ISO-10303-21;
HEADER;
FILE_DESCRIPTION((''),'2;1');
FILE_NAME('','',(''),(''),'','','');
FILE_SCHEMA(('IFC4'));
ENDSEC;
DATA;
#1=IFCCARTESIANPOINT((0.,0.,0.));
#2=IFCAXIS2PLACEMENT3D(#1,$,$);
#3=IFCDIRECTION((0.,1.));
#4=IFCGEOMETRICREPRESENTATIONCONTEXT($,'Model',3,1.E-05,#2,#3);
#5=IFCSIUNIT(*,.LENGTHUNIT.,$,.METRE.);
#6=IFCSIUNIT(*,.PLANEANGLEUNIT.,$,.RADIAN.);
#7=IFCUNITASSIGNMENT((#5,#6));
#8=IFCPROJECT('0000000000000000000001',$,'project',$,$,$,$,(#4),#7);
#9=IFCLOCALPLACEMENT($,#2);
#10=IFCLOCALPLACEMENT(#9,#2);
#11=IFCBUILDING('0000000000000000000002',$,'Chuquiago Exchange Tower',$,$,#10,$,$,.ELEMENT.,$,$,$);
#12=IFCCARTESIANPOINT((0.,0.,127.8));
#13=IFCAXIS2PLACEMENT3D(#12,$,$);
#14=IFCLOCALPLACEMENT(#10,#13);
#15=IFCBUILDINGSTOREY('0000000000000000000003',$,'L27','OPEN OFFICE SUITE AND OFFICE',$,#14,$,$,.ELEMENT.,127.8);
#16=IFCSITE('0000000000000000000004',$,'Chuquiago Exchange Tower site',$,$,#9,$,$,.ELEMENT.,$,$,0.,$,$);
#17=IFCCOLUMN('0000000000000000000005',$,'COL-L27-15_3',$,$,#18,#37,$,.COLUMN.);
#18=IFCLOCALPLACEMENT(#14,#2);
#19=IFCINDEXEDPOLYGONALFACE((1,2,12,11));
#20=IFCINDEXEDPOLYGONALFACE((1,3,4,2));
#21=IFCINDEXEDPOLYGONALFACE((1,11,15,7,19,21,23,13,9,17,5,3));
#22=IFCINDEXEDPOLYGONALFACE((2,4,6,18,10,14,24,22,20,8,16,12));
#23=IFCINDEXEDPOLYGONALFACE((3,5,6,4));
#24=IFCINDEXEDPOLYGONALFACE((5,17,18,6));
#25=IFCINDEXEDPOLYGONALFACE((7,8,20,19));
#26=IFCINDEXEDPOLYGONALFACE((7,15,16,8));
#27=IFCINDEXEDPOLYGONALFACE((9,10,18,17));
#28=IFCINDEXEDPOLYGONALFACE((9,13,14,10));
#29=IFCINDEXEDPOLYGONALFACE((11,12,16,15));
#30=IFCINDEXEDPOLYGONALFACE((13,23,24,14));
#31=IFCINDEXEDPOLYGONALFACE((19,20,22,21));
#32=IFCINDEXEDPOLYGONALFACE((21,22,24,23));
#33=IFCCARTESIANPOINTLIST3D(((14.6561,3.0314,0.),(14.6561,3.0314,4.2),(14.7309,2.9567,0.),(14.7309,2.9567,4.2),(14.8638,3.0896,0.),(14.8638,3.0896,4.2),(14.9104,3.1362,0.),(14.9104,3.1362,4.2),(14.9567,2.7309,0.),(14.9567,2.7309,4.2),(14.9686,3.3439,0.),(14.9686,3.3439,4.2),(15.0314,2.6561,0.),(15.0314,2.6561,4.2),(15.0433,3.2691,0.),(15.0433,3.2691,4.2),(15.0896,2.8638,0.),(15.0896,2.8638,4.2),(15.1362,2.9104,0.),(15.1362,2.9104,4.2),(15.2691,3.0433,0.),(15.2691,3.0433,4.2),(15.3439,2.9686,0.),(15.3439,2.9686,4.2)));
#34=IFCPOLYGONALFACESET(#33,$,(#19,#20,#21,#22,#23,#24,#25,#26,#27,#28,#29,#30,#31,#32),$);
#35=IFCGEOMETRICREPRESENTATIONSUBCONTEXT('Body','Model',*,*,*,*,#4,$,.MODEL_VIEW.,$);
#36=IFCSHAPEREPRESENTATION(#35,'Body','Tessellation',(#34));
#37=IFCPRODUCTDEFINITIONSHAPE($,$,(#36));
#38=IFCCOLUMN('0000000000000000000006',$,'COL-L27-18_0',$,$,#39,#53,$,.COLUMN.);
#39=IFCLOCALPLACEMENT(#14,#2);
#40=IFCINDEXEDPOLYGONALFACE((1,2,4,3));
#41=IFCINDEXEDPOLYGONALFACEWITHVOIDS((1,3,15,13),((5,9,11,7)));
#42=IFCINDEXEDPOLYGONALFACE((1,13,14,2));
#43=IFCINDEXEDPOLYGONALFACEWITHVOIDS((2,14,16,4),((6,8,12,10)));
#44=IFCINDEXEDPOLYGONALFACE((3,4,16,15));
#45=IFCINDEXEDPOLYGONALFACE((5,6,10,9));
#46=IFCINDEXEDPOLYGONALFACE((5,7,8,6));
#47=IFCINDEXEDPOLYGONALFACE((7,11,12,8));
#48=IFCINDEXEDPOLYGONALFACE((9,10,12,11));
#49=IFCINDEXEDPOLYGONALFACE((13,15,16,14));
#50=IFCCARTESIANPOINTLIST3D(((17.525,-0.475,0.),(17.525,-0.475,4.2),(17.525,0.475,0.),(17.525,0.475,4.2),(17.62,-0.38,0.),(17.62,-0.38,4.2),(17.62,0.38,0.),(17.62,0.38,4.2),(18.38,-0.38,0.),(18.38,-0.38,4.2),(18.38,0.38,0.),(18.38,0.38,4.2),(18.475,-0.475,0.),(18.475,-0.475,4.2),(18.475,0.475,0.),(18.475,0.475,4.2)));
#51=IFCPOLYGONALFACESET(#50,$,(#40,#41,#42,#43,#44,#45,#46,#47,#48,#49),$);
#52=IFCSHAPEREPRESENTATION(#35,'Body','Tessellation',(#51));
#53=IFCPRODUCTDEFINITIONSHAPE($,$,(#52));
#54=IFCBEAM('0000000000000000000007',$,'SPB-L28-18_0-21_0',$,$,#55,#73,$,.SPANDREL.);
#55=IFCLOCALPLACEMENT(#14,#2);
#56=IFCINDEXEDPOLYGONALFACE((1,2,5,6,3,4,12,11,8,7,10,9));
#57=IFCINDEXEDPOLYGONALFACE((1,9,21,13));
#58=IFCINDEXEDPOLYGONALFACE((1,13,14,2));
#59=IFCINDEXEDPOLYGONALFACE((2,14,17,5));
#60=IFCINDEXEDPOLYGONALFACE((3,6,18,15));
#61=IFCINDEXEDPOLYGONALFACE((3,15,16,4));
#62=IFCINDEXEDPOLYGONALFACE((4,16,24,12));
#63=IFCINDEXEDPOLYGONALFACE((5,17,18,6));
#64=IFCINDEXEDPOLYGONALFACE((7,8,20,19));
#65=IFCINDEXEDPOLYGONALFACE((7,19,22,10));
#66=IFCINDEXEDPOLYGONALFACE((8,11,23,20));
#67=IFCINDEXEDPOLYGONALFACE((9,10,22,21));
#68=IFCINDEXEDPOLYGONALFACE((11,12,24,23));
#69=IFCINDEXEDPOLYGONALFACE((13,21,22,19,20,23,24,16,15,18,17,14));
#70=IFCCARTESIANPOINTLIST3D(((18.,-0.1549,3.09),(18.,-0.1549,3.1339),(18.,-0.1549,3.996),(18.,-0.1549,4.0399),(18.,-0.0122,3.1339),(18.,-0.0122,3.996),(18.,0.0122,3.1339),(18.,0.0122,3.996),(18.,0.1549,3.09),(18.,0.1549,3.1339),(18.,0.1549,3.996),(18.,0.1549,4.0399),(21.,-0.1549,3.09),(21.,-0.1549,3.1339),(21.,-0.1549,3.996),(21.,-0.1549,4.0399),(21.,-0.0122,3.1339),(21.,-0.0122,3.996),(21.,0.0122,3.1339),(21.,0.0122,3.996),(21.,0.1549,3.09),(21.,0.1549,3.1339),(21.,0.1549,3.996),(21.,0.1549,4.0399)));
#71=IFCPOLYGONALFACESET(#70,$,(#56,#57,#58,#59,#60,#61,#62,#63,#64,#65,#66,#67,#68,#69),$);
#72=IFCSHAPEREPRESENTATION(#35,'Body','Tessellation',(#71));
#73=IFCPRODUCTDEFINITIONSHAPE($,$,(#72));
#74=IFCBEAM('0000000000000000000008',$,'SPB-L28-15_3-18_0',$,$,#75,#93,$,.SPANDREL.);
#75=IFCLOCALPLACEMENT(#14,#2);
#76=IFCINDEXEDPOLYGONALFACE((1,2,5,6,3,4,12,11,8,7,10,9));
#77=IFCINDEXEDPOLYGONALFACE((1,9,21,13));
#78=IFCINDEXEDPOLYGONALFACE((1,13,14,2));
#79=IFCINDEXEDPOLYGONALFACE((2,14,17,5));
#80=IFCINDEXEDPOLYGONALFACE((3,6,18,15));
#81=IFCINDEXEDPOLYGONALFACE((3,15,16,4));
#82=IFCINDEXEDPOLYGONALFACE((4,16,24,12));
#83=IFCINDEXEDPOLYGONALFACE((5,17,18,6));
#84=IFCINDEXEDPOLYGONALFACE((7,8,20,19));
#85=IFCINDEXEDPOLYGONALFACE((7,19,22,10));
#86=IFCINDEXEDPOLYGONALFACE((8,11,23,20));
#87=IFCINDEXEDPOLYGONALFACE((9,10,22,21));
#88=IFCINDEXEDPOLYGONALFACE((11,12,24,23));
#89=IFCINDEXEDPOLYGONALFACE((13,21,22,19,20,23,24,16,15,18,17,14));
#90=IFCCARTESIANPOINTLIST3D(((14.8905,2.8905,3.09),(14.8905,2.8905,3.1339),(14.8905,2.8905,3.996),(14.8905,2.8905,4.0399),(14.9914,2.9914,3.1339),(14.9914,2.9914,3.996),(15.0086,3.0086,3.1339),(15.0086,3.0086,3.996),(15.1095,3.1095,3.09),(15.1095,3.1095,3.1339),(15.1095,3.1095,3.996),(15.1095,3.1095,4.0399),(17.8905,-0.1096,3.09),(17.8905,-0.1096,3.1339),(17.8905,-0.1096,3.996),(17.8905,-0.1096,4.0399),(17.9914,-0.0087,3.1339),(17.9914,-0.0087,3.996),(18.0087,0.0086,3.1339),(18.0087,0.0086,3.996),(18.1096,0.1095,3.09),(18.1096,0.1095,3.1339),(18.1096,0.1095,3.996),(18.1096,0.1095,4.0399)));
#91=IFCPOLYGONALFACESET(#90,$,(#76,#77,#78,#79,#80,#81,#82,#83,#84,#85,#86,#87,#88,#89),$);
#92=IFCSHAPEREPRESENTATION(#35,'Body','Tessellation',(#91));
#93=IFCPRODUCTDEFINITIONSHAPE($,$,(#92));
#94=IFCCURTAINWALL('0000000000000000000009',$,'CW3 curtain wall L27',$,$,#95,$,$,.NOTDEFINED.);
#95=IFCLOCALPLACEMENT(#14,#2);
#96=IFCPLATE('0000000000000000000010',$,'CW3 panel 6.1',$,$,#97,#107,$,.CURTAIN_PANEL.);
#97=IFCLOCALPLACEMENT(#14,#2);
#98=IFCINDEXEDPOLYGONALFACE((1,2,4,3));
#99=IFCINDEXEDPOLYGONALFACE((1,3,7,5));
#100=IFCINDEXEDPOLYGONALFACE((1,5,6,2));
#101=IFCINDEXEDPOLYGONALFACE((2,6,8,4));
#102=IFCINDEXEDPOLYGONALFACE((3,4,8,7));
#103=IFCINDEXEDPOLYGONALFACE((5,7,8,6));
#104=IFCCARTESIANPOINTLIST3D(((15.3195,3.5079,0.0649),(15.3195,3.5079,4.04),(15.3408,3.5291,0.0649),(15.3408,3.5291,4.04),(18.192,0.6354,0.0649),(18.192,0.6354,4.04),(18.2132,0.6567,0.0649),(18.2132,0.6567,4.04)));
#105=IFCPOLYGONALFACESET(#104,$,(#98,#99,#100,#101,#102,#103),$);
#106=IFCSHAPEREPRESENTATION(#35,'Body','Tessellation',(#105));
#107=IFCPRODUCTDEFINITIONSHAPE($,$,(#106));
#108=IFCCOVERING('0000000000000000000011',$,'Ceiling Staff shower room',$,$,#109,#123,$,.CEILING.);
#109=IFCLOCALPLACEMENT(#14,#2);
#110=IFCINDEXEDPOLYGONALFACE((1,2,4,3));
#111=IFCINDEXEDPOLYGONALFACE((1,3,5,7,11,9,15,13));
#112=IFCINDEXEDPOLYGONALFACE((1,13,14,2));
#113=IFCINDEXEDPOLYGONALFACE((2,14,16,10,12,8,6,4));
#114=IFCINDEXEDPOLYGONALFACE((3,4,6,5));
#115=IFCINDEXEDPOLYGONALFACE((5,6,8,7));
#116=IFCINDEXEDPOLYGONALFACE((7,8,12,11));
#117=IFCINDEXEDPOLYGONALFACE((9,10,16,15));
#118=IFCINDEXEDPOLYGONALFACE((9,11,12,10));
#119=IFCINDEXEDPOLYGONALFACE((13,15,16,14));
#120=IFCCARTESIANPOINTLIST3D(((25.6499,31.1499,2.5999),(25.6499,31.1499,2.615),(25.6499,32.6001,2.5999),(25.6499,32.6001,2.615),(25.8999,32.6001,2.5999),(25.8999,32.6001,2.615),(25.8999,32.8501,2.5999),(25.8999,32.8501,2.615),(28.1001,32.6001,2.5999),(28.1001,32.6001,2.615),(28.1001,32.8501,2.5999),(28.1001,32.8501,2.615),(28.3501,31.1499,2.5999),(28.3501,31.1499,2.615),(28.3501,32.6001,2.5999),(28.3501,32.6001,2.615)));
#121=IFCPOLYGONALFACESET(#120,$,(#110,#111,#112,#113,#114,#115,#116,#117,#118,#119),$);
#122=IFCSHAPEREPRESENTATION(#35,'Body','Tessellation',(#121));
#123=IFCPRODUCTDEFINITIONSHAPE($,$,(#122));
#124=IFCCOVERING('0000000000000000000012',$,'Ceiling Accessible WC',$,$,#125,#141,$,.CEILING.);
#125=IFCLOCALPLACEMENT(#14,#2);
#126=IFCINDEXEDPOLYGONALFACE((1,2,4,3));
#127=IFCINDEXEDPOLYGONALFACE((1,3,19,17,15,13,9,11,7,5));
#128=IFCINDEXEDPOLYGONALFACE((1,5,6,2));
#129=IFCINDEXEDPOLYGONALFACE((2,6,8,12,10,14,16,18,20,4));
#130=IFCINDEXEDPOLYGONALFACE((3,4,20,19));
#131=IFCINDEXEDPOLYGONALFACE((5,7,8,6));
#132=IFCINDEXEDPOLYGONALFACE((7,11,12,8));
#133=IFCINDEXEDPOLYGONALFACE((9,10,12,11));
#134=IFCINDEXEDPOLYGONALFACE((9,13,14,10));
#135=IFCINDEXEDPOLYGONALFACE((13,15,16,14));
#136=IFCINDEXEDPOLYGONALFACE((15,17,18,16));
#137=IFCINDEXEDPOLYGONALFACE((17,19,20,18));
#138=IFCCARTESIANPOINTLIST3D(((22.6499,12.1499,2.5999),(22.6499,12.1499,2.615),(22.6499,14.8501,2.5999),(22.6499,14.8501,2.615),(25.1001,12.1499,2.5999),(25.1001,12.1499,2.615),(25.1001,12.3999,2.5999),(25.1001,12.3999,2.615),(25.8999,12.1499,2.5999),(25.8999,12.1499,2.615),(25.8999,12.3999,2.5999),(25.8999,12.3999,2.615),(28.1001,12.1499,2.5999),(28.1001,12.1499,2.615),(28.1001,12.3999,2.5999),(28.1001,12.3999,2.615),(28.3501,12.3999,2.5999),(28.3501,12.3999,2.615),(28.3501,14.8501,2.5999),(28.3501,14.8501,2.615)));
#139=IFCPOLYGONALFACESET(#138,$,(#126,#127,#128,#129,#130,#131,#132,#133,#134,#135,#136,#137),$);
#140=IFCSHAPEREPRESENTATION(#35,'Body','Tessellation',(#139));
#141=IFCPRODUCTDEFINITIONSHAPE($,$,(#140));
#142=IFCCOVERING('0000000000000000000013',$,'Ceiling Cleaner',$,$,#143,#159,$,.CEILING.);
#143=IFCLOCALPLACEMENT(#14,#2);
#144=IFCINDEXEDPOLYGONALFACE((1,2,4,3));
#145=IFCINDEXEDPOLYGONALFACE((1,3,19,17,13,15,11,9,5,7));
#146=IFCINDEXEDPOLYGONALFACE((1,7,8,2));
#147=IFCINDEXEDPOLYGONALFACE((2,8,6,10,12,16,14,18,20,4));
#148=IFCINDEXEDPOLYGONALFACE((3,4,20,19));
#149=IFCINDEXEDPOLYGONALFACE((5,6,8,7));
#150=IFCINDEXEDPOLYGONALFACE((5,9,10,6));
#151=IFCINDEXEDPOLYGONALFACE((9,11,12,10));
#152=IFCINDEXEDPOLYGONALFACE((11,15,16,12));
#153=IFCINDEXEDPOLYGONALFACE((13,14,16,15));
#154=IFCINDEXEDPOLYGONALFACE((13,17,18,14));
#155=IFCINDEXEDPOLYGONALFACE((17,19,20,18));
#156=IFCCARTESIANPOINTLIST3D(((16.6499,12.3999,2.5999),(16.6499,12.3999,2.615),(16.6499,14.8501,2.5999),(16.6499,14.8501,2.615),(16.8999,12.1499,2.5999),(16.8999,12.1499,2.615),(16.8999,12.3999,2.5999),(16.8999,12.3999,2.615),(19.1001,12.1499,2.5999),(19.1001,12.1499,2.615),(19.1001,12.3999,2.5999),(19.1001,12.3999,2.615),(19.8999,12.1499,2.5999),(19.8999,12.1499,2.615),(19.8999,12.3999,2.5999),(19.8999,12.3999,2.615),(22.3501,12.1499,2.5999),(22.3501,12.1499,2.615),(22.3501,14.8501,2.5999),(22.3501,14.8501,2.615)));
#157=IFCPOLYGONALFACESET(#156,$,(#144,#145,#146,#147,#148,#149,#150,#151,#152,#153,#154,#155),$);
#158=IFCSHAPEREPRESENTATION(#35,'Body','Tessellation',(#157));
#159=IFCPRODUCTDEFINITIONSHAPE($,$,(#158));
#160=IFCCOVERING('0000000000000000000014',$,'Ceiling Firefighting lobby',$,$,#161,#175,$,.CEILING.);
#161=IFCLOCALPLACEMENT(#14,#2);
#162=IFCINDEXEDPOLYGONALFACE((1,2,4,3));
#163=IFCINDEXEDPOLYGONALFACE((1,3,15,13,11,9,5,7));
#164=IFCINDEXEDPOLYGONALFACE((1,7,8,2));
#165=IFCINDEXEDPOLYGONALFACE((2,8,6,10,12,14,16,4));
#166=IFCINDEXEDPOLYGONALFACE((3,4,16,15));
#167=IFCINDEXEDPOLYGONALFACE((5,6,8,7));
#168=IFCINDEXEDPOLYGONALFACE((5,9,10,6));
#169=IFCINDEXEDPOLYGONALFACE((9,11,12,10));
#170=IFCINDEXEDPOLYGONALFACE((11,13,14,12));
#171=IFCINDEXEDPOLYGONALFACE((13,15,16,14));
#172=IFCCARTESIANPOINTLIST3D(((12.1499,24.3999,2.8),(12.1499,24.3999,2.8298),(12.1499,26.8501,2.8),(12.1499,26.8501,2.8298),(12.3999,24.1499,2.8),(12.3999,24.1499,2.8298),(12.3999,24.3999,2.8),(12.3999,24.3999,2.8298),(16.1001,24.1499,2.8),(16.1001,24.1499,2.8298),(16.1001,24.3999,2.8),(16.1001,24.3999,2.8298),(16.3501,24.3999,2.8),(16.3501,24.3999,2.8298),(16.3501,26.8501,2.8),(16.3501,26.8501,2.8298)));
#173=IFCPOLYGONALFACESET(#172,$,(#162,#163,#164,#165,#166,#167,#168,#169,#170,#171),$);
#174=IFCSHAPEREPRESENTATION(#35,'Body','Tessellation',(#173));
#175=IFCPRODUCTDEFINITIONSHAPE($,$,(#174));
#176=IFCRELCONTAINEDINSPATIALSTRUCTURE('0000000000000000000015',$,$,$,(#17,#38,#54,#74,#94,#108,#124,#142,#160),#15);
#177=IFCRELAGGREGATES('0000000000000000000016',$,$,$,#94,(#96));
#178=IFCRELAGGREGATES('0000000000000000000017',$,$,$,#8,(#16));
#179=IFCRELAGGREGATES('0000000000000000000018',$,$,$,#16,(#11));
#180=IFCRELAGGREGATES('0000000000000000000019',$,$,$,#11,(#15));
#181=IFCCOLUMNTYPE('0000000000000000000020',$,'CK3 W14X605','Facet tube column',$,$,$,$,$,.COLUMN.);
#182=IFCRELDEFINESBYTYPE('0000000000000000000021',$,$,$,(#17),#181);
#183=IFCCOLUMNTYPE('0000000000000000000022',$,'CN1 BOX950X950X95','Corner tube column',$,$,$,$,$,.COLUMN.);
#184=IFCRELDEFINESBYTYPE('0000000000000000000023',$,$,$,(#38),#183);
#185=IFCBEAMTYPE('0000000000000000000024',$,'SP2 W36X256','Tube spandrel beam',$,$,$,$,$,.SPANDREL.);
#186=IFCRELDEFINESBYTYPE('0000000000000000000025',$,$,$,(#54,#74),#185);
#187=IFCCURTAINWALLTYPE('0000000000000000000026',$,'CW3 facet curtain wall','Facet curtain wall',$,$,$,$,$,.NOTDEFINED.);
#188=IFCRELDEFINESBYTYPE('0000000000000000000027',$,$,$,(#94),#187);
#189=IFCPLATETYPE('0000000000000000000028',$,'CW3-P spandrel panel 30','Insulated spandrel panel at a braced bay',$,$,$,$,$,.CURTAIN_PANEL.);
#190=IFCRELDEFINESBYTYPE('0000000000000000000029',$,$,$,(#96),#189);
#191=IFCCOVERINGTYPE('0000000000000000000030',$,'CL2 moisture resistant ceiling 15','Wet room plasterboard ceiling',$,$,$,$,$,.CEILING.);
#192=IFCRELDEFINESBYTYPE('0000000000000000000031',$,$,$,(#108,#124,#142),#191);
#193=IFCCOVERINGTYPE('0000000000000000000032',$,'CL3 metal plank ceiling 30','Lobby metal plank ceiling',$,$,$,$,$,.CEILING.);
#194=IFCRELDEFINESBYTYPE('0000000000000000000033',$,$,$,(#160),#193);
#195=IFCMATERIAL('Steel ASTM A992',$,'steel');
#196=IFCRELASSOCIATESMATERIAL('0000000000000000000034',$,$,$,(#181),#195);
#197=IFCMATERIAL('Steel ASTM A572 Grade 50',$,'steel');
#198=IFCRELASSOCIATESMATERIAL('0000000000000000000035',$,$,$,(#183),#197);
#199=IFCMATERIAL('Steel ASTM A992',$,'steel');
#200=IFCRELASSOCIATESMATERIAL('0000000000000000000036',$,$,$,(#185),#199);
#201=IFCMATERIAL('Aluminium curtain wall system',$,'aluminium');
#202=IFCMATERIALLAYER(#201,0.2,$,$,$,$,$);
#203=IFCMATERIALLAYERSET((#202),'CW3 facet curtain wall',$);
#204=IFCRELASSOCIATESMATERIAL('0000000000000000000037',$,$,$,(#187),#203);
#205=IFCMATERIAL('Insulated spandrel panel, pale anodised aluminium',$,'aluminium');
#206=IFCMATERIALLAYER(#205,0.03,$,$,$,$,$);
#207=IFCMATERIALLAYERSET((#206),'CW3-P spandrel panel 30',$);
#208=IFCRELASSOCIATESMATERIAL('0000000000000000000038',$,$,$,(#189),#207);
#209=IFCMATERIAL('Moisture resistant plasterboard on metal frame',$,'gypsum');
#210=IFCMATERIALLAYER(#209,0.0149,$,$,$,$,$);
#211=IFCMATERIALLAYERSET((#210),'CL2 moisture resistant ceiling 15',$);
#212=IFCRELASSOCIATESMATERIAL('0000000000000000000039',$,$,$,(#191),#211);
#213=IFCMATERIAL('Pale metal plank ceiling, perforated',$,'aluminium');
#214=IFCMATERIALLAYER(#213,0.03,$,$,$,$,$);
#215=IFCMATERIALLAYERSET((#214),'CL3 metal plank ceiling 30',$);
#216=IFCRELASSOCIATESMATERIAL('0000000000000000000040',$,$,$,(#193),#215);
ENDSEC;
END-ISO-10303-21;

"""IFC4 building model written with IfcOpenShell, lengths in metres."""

from ifc_helpers import new_model, si_unit, direction, frame, origin, origin_2d, place, context, subcontext, project, spatial, polyline, rectangle, hollow_rectangle, i_section, outline, extrude, material, layer, layer_set, material_profile, profile_set, type_object, element, aggregate, save


model = new_model("IFC4")

# Units and contexts
model_context = context("Model", 3, precision=1e-05, world=origin(), true_north=direction((0.0, 1.0)))
body_context = subcontext(model_context, "Body", "Model", "MODEL_VIEW")
ifc_project = project(units=[si_unit("LENGTHUNIT", "METRE"), si_unit("PLANEANGLEUNIT", "RADIAN")], contexts=[model_context])

# Site, building, storey
site_placement = place(None, origin())
site = spatial("IfcSite", under=ifc_project, at=site_placement, Name="Chuquiago Exchange Tower site", CompositionType="ELEMENT", RefElevation=0.0)
building_placement = place(site_placement, origin())
building = spatial("IfcBuilding", under=site, at=building_placement, Name="Chuquiago Exchange Tower", CompositionType="ELEMENT")
storey_placement = place(building_placement, frame((0.0, 0.0, 127.8)))
storey = spatial("IfcBuildingStorey", under=building, at=storey_placement, Name="L27", Description="OPEN OFFICE SUITE AND OFFICE", CompositionType="ELEMENT", Elevation=127.8)

# Columns
ifc_material_1 = material(Name="Steel ASTM A992", Category="steel")
ifc_material_profile_1 = material_profile(ifc_material_1, i_section(OverallWidth=0.4419, OverallDepth=0.5308, WebThickness=0.0659, FlangeThickness=0.1057, at=origin_2d()), Name="W14X605")
ifc_profile_set_1 = profile_set([ifc_material_profile_1], Name="Steel ASTM A992")
column_type_1 = type_object("IfcColumnType", Name="CK3 W14X605", Description="Facet tube column", PredefinedType="COLUMN", material=ifc_profile_set_1)
column_1_placement = place(storey_placement, frame((15.0, 3.0, 0.0), z_axis=(0.0, 0.0, 1.0), x_axis=(-0.707107, -0.707107, 0.0)))
element("IfcColumn", 1, at=column_1_placement, inside=storey, type_object=column_type_1, Name="COL-L27-15_3", PredefinedType="COLUMN", context=body_context, shape_type="SweptSolid", body=[
    extrude(i_section(OverallWidth=0.4419, OverallDepth=0.5308, WebThickness=0.0659, FlangeThickness=0.1057, at=origin_2d()), origin(), (0.0, 0.0, 1.0), 4.2),
])
ifc_material_2 = material(Name="Steel ASTM A572 Grade 50", Category="steel")
ifc_material_profile_2 = material_profile(ifc_material_2, hollow_rectangle(XDim=0.95, YDim=0.95, WallThickness=0.095, at=origin_2d()), Name="BOX950X950X95")
ifc_profile_set_2 = profile_set([ifc_material_profile_2], Name="Steel ASTM A572 Grade 50")
column_type_2 = type_object("IfcColumnType", Name="CN1 BOX950X950X95", Description="Corner tube column", PredefinedType="COLUMN", material=ifc_profile_set_2)
column_2_placement = place(storey_placement, frame((18.0, 0.0, 0.0), z_axis=(0.0, 0.0, 1.0), x_axis=(0.0, -1.0, 0.0)))
element("IfcColumn", 2, at=column_2_placement, inside=storey, type_object=column_type_2, Name="COL-L27-18_0", PredefinedType="COLUMN", context=body_context, shape_type="SweptSolid", body=[
    extrude(hollow_rectangle(XDim=0.95, YDim=0.95, WallThickness=0.095, at=origin_2d()), origin(), (0.0, 0.0, 1.0), 4.2),
])

# Beams
ifc_material_3 = material(Name="Steel ASTM A992", Category="steel")
ifc_material_profile_3 = material_profile(ifc_material_3, i_section(OverallWidth=0.3098, OverallDepth=0.95, WebThickness=0.0244, FlangeThickness=0.0439, at=origin_2d()), Name="W36X256")
ifc_profile_set_3 = profile_set([ifc_material_profile_3], Name="Steel ASTM A992")
beam_type = type_object("IfcBeamType", Name="SP2 W36X256", Description="Tube spandrel beam", PredefinedType="SPANDREL", material=ifc_profile_set_3)
beam_1_placement = place(storey_placement, frame((18.0, 0.0, 3.5649), z_axis=(1.0, 0.0, 0.0), x_axis=(0.0, 1.0, 0.0)))
element("IfcBeam", 3, at=beam_1_placement, inside=storey, type_object=beam_type, Name="SPB-L28-18_0-21_0", PredefinedType="SPANDREL", context=body_context, shape_type="SweptSolid", body=[
    extrude(i_section(OverallWidth=0.3098, OverallDepth=0.95, WebThickness=0.0244, FlangeThickness=0.0439, at=origin_2d()), origin(), (0.0, 0.0, 1.0), 3.0),
])
beam_2_placement = place(storey_placement, frame((15.0, 3.0, 3.5649), z_axis=(0.707107, -0.707107, 0.0), x_axis=(0.707107, 0.707107, 0.0)))
element("IfcBeam", 4, at=beam_2_placement, inside=storey, type_object=beam_type, Name="SPB-L28-15_3-18_0", PredefinedType="SPANDREL", context=body_context, shape_type="SweptSolid", body=[
    extrude(i_section(OverallWidth=0.3098, OverallDepth=0.95, WebThickness=0.0244, FlangeThickness=0.0439, at=origin_2d()), origin(), (0.0, 0.0, 1.0), 4.2427),
])

# Curtain wall, plate
ifc_material_4 = material(Name="Aluminium curtain wall system", Category="aluminium")
ifc_layer_1 = layer(ifc_material_4, 0.2)
ifc_layer_set_1 = layer_set([ifc_layer_1], Name="CW3 facet curtain wall")
curtain_wall_type = type_object("IfcCurtainWallType", Name="CW3 facet curtain wall", Description="Facet curtain wall", PredefinedType="NOTDEFINED", material=ifc_layer_set_1)
curtain_wall_placement = place(storey_placement, origin())
curtain_wall = element("IfcCurtainWall", 5, at=curtain_wall_placement, inside=storey, type_object=curtain_wall_type, Name="CW3 curtain wall L27", PredefinedType="NOTDEFINED")
ifc_material_5 = material(Name="Insulated spandrel panel, pale anodised aluminium", Category="aluminium")
ifc_layer_2 = layer(ifc_material_5, 0.03)
ifc_layer_set_2 = layer_set([ifc_layer_2], Name="CW3-P spandrel panel 30")
plate_type = type_object("IfcPlateType", Name="CW3-P spandrel panel 30", Description="Insulated spandrel panel at a braced bay", PredefinedType="CURTAIN_PANEL", material=ifc_layer_set_2)
plate_placement = place(storey_placement, frame((16.7664, 2.0823, 0.0649), z_axis=(0.0, 0.0, 1.0), x_axis=(0.707107, -0.707107, 0.0)))
plate = element("IfcPlate", 6, at=plate_placement, type_object=plate_type, Name="CW3 panel 6.1", PredefinedType="CURTAIN_PANEL", context=body_context, shape_type="SweptSolid", body=[
    extrude(rectangle(XDim=4.0623, YDim=0.03, at=origin_2d()), origin(), (0.0, 0.0, 1.0), 3.9751),
])
aggregate(curtain_wall, [plate])

# Coverings
ifc_material_6 = material(Name="Moisture resistant plasterboard on metal frame", Category="gypsum")
ifc_layer_3 = layer(ifc_material_6, 0.0149)
ifc_layer_set_3 = layer_set([ifc_layer_3], Name="CL2 moisture resistant ceiling 15")
covering_type_1 = type_object("IfcCoveringType", Name="CL2 moisture resistant ceiling 15", Description="Wet room plasterboard ceiling", PredefinedType="CEILING", material=ifc_layer_set_3)
covering_1_placement = place(storey_placement, frame((0.0, 0.0, 2.5999)))
element("IfcCovering", 7, at=covering_1_placement, inside=storey, type_object=covering_type_1, Name="Ceiling Staff shower room", PredefinedType="CEILING", context=body_context, shape_type="SweptSolid", body=[
    extrude(outline(polyline([(25.6499, 31.1499), (25.6499, 32.6001), (25.8999, 32.6001), (25.8999, 32.8501), (28.1001, 32.8501), (28.1001, 32.6001), (28.3501, 32.6001), (28.3501, 31.1499), (25.6499, 31.1499)])), origin(), (0.0, 0.0, 1.0), 0.0151),
])
covering_2_placement = place(storey_placement, frame((0.0, 0.0, 2.5999)))
element("IfcCovering", 8, at=covering_2_placement, inside=storey, type_object=covering_type_1, Name="Ceiling Accessible WC", PredefinedType="CEILING", context=body_context, shape_type="SweptSolid", body=[
    extrude(outline(polyline([(25.8999, 12.1499), (25.8999, 12.3999), (25.1001, 12.3999), (25.1001, 12.1499), (22.6499, 12.1499), (22.6499, 14.8501), (28.3501, 14.8501), (28.3501, 12.3999), (28.1001, 12.3999), (28.1001, 12.1499), (25.8999, 12.1499)])), origin(), (0.0, 0.0, 1.0), 0.0151),
])
covering_3_placement = place(storey_placement, frame((0.0, 0.0, 2.5999)))
element("IfcCovering", 9, at=covering_3_placement, inside=storey, type_object=covering_type_1, Name="Ceiling Cleaner", PredefinedType="CEILING", context=body_context, shape_type="SweptSolid", body=[
    extrude(outline(polyline([(19.8999, 12.1499), (19.8999, 12.3999), (19.1001, 12.3999), (19.1001, 12.1499), (16.8999, 12.1499), (16.8999, 12.3999), (16.6499, 12.3999), (16.6499, 14.8501), (22.3501, 14.8501), (22.3501, 12.1499), (19.8999, 12.1499)])), origin(), (0.0, 0.0, 1.0), 0.0151),
])
ifc_material_7 = material(Name="Pale metal plank ceiling, perforated", Category="aluminium")
ifc_layer_4 = layer(ifc_material_7, 0.03)
ifc_layer_set_4 = layer_set([ifc_layer_4], Name="CL3 metal plank ceiling 30")
covering_type_2 = type_object("IfcCoveringType", Name="CL3 metal plank ceiling 30", Description="Lobby metal plank ceiling", PredefinedType="CEILING", material=ifc_layer_set_4)
covering_4_placement = place(storey_placement, frame((0.0, 0.0, 2.8)))
element("IfcCovering", 10, at=covering_4_placement, inside=storey, type_object=covering_type_2, Name="Ceiling Firefighting lobby", PredefinedType="CEILING", context=body_context, shape_type="SweptSolid", body=[
    extrude(outline(polyline([(12.3999, 24.1499), (12.3999, 24.3999), (12.1499, 24.3999), (12.1499, 26.8501), (16.3501, 26.8501), (16.3501, 24.3999), (16.1001, 24.3999), (16.1001, 24.1499), (12.3999, 24.1499)])), origin(), (0.0, 0.0, 1.0), 0.0298),
])

save(model, "model.ifc")
